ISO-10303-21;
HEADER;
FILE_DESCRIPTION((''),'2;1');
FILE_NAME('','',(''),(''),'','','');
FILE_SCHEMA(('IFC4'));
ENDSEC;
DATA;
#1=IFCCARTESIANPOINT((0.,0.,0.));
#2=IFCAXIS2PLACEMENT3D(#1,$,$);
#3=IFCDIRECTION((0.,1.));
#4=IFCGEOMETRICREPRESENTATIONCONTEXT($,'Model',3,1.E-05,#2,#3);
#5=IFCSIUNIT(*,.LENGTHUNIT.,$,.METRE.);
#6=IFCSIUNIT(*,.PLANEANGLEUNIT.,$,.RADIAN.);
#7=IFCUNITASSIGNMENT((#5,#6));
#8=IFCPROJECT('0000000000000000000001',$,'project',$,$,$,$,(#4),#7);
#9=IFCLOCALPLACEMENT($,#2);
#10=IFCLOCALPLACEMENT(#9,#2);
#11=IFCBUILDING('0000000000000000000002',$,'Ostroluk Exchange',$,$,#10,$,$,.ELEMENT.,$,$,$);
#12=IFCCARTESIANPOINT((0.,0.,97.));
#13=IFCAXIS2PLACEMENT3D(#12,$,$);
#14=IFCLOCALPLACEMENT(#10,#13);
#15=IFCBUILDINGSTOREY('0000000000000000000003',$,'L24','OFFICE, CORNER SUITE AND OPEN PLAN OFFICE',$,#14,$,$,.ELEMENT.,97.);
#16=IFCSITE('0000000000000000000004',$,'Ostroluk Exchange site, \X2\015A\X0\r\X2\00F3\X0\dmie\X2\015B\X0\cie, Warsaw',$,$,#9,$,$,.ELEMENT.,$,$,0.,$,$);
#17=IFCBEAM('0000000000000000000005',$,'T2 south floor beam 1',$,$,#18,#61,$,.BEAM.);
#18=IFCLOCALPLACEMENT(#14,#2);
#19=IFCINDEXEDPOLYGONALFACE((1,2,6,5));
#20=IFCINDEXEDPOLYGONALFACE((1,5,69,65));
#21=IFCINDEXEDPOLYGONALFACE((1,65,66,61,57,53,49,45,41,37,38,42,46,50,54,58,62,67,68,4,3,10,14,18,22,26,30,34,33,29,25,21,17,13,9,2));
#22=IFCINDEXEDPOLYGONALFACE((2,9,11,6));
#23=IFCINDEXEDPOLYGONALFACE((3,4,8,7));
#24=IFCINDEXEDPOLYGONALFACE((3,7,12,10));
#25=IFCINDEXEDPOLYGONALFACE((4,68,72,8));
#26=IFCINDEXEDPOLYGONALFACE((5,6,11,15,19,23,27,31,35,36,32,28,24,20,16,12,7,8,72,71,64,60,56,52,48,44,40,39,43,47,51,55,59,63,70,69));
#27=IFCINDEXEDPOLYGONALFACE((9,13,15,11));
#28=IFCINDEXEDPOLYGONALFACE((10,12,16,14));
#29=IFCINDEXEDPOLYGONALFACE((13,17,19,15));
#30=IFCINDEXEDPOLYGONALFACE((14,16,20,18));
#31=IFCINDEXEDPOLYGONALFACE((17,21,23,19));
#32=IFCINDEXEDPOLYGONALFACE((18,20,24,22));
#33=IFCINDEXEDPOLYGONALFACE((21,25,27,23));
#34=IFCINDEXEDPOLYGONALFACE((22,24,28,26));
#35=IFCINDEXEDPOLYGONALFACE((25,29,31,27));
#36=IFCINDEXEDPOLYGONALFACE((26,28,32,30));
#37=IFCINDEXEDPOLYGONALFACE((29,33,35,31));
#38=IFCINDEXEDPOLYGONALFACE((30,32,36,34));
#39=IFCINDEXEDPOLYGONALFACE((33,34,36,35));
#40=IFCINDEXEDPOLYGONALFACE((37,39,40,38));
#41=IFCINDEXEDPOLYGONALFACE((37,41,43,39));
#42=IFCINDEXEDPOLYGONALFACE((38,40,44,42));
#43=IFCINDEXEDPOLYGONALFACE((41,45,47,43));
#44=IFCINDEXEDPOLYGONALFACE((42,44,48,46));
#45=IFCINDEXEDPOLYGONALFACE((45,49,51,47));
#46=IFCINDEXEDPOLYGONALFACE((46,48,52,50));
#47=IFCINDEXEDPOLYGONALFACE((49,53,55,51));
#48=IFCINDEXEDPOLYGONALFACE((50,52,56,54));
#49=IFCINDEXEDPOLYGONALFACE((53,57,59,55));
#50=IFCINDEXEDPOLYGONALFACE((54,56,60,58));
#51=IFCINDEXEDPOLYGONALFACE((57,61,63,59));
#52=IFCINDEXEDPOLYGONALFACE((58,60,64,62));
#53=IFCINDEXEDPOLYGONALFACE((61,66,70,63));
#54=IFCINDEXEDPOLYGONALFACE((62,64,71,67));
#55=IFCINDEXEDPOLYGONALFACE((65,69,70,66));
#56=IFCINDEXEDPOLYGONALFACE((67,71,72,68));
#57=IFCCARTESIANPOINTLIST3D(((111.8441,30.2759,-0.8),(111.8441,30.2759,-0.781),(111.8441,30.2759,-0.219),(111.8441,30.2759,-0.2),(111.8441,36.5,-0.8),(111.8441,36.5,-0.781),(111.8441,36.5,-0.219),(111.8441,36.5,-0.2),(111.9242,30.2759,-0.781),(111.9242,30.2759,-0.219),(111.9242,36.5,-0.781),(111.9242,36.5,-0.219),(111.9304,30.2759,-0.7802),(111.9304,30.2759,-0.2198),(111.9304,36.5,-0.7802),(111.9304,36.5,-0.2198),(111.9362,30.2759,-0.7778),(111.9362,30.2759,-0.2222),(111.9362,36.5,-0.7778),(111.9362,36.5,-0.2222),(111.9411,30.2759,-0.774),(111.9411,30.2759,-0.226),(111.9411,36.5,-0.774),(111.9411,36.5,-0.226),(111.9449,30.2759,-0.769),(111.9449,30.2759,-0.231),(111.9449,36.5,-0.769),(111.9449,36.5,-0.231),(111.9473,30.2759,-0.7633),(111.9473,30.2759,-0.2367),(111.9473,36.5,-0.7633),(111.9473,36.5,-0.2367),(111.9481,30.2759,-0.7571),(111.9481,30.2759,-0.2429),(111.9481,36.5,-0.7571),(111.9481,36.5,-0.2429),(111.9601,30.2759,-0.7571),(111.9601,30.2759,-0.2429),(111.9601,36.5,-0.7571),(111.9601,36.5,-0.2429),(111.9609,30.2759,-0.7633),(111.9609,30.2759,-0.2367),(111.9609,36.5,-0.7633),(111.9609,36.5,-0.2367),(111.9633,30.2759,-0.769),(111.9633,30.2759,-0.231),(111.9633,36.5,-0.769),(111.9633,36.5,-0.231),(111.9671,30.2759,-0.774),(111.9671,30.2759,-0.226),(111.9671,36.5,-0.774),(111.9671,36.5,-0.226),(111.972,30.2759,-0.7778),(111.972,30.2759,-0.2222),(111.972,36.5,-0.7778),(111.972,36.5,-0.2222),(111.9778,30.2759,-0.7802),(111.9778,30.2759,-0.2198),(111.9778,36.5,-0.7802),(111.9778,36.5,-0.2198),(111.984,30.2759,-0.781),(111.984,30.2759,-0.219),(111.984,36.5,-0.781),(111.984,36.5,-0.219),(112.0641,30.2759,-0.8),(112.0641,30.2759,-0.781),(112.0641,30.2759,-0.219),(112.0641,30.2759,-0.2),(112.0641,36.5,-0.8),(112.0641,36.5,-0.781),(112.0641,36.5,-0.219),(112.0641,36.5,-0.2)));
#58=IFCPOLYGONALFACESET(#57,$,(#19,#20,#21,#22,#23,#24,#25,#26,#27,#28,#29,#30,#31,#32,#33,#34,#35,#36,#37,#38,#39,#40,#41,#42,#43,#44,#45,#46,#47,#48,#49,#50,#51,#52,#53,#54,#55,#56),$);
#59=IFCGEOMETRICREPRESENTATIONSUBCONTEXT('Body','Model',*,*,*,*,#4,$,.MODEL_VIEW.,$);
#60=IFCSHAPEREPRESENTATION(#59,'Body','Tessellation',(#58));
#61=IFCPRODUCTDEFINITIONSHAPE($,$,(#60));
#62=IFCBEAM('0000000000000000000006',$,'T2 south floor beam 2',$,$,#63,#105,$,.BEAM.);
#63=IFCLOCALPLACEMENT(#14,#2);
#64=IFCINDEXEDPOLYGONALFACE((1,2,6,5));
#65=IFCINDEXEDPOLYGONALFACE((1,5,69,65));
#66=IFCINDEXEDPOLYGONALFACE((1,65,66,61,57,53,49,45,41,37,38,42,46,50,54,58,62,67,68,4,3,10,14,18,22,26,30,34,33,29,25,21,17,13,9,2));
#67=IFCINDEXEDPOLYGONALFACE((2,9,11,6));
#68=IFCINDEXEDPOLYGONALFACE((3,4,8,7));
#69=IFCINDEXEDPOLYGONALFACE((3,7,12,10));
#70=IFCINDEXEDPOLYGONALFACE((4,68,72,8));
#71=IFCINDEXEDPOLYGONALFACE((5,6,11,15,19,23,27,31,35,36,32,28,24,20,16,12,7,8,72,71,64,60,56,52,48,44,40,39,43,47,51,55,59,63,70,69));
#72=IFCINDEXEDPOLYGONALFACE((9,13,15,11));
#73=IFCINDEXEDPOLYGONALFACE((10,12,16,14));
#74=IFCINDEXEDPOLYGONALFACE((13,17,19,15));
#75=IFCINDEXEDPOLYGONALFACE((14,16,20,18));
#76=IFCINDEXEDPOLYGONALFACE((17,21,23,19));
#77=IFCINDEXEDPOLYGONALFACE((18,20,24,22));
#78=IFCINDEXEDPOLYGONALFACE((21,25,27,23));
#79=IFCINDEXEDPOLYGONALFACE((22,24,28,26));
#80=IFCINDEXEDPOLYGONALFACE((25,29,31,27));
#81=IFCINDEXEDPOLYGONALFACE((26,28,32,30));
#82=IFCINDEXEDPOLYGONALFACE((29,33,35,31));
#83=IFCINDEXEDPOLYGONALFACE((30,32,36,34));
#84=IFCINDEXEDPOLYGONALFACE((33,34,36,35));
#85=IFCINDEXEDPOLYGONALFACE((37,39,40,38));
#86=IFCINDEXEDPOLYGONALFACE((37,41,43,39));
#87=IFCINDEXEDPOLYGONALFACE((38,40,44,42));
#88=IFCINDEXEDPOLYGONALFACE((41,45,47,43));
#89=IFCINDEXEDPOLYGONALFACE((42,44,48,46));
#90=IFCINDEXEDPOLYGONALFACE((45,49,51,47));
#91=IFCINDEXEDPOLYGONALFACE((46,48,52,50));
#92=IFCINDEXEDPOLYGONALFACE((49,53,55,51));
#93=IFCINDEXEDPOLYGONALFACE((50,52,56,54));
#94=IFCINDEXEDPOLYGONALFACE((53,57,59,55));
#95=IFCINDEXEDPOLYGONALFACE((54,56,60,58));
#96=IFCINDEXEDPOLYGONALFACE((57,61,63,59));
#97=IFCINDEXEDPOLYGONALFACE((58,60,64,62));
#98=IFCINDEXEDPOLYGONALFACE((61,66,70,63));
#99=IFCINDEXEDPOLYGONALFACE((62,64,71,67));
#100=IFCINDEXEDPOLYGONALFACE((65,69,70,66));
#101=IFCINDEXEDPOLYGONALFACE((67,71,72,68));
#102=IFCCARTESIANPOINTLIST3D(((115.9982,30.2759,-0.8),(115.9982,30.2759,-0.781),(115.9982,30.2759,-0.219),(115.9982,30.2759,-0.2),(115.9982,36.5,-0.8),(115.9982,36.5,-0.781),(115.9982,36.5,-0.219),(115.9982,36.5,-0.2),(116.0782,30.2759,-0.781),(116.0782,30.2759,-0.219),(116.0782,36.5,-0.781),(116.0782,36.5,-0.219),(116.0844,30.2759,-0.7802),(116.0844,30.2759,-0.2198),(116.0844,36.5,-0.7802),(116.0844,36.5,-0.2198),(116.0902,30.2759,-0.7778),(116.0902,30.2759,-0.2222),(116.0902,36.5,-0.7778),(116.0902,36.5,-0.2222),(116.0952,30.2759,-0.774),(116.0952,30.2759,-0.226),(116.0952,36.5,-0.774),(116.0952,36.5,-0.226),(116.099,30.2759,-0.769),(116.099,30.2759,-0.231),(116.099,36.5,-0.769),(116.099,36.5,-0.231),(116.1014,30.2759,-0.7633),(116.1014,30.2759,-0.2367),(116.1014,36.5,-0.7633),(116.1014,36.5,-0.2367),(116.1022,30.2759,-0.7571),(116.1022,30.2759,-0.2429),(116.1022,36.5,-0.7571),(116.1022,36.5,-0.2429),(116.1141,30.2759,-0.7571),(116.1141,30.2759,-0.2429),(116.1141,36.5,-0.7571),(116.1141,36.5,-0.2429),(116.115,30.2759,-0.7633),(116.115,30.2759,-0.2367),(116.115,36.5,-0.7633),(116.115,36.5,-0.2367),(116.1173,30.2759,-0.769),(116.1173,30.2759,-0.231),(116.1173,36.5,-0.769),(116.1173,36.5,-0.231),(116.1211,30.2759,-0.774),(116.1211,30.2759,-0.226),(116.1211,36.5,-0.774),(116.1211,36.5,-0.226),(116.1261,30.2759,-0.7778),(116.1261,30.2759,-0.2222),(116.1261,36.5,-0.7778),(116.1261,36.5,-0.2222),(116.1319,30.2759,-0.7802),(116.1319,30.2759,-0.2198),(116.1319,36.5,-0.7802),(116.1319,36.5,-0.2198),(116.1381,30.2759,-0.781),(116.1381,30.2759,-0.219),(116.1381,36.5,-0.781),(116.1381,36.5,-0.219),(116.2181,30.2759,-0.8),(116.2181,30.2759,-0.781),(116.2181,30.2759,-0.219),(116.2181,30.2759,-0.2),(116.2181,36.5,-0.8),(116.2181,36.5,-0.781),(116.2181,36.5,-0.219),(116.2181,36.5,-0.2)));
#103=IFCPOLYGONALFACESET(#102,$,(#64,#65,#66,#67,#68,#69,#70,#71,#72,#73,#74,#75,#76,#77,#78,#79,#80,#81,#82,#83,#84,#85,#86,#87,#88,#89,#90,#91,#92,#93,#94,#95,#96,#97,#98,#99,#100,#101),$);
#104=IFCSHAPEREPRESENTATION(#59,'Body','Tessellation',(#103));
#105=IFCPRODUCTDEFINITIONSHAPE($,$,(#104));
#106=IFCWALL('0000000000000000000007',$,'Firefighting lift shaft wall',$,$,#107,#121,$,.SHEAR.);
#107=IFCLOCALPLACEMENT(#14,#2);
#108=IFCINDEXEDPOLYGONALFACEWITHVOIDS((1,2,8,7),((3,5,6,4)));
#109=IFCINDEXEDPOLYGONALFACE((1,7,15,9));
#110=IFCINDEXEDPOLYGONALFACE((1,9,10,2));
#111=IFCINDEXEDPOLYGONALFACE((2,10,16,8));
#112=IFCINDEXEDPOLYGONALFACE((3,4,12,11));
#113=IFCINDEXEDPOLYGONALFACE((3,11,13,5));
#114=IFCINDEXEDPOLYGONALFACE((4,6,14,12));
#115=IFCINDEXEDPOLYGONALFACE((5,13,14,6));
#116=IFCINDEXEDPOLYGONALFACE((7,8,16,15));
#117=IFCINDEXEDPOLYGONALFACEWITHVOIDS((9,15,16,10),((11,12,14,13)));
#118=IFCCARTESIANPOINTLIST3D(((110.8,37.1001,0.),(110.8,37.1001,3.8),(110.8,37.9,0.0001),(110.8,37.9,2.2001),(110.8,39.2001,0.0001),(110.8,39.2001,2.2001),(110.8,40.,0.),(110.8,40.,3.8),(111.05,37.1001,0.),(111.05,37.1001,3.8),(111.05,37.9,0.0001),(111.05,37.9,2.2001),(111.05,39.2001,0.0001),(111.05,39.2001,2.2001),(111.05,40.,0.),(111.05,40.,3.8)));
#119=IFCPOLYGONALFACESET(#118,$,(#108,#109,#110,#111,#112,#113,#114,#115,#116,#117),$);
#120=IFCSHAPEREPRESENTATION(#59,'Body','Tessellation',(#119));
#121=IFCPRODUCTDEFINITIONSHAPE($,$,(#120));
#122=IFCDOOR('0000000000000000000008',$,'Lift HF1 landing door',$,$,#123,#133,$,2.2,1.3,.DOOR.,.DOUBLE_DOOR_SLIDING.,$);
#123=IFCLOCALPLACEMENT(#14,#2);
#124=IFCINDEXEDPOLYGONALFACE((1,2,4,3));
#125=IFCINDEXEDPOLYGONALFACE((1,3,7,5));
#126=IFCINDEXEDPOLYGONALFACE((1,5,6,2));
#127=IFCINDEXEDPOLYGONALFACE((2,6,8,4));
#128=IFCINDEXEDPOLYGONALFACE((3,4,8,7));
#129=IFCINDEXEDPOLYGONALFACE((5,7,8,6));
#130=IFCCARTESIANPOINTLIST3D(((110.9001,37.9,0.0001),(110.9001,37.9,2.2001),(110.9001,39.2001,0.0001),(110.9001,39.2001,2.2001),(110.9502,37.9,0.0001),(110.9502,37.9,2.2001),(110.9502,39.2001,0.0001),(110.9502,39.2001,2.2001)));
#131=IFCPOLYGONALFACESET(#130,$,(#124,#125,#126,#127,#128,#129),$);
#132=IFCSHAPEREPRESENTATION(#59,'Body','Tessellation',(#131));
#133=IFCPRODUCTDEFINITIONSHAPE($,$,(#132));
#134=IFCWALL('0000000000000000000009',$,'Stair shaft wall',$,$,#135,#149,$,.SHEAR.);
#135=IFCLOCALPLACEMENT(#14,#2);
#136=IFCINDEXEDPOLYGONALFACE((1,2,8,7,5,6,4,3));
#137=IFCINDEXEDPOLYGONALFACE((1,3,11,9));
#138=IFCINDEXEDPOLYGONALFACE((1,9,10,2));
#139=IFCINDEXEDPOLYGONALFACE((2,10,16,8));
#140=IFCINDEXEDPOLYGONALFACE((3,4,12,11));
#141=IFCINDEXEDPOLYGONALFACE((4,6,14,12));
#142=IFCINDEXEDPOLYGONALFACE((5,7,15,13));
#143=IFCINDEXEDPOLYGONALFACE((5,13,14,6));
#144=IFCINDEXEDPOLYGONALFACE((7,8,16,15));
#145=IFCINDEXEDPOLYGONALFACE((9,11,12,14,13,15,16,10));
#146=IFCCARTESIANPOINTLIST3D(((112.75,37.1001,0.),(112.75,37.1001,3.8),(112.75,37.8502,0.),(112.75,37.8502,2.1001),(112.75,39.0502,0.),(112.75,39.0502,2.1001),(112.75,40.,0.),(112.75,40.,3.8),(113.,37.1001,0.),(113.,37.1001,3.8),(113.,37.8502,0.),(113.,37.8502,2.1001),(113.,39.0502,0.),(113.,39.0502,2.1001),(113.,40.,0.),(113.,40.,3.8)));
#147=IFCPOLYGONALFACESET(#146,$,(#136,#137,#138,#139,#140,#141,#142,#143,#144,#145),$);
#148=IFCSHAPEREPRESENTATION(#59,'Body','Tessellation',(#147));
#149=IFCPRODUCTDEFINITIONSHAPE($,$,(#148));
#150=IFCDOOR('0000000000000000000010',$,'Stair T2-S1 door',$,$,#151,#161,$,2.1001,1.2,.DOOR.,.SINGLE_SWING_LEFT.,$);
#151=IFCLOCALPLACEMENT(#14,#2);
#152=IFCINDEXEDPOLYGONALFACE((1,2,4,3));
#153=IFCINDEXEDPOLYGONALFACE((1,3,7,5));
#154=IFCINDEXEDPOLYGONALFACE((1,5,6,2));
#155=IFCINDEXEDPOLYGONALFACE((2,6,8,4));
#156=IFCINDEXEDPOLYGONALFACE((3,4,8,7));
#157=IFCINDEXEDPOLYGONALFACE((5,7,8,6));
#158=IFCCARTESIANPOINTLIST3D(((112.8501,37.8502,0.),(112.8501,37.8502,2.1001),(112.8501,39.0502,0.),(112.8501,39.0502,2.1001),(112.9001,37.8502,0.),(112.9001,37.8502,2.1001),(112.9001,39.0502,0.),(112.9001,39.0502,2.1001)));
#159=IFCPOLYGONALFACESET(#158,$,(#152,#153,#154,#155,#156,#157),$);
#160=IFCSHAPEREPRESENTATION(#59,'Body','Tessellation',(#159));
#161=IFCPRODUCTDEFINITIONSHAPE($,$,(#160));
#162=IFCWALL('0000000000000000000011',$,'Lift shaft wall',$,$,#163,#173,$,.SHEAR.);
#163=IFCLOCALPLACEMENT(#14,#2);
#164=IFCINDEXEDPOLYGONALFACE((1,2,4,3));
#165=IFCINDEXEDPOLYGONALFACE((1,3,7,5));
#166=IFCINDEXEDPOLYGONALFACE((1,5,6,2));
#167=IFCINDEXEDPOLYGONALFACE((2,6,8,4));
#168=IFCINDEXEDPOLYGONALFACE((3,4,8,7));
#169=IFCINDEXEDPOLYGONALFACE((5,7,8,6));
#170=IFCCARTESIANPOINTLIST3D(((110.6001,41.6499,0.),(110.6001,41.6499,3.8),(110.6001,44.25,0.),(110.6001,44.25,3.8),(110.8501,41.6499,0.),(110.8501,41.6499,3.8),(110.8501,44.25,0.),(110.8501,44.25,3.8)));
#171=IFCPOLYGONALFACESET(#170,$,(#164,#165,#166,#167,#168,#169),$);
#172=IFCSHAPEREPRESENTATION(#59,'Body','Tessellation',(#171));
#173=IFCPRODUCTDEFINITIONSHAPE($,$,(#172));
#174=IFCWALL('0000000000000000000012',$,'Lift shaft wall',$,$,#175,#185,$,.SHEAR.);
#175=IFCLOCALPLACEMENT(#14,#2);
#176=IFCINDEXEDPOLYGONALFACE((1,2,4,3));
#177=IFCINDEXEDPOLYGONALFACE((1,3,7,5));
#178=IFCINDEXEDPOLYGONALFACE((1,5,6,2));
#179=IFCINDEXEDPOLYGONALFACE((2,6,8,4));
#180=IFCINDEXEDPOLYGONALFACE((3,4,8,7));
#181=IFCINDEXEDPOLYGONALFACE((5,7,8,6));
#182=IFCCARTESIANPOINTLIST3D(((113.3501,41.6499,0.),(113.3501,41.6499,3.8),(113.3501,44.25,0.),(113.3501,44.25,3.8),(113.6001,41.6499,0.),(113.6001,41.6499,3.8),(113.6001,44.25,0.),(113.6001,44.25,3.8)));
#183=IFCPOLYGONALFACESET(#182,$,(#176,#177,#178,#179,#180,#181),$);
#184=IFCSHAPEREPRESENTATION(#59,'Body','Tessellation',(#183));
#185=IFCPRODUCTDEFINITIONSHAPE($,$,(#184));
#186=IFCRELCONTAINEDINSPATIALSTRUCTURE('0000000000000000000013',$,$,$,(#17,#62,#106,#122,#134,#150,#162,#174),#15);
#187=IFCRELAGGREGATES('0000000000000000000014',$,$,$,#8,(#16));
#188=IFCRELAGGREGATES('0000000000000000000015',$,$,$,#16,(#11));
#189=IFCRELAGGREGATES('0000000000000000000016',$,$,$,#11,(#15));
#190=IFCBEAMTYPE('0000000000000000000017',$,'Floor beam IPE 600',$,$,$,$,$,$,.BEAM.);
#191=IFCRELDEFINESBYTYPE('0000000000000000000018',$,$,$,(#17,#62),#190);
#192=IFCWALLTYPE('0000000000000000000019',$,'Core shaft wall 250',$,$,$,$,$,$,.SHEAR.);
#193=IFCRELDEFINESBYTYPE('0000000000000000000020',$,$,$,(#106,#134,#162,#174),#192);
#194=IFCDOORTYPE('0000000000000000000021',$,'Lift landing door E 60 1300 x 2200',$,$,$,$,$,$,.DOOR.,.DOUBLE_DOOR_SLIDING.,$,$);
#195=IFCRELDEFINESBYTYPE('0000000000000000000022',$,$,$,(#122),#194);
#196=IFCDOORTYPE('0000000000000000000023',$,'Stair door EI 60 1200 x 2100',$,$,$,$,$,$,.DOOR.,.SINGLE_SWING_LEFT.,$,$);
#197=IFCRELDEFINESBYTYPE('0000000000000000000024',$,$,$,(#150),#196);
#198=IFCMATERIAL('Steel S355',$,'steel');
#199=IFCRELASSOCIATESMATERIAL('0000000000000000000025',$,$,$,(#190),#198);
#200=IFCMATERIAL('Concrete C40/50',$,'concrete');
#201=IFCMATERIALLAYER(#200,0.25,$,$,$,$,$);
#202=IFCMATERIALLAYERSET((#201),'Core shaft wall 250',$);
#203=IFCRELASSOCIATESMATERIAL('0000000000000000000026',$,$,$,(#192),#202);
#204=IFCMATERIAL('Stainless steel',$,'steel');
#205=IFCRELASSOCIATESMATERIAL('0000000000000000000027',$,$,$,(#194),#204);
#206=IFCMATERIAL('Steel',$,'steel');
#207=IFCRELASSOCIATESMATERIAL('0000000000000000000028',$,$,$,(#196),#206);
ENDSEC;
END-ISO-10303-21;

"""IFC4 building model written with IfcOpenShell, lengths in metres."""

from ifc_helpers import new_model, si_unit, direction, frame, frame_2d, origin, origin_2d, place, context, subcontext, project, spatial, rectangle, i_section, extrude, material, layer, layer_set, material_profile, profile_set, type_object, element, fill, save


model = new_model("IFC4")

# Units and contexts
model_context = context("Model", 3, precision=1e-05, world=origin(), true_north=direction((0.0, 1.0)))
body_context = subcontext(model_context, "Body", "Model", "MODEL_VIEW")
ifc_project = project(units=[si_unit("LENGTHUNIT", "METRE"), si_unit("PLANEANGLEUNIT", "RADIAN")], contexts=[model_context])

# Site, building, storey
site_placement = place(None, origin())
site = spatial("IfcSite", under=ifc_project, at=site_placement, Name="Ostroluk Exchange site, Śródmieście, Warsaw", CompositionType="ELEMENT", RefElevation=0.0)
building_placement = place(site_placement, origin())
building = spatial("IfcBuilding", under=site, at=building_placement, Name="Ostroluk Exchange", CompositionType="ELEMENT")
storey_placement = place(building_placement, frame((0.0, 0.0, 97.0)))
storey = spatial("IfcBuildingStorey", under=building, at=storey_placement, Name="L24", Description="OFFICE, CORNER SUITE AND OPEN PLAN OFFICE", CompositionType="ELEMENT", Elevation=97.0)

# Beams
ifc_material_1 = material(Name="Steel S355", Category="steel")
ifc_material_profile = material_profile(ifc_material_1, i_section(OverallWidth=0.22, OverallDepth=0.6001, WebThickness=0.012, FlangeThickness=0.019, FilletRadius=0.0239, at=origin_2d()), Name="IPE 600")
ifc_profile_set = profile_set([ifc_material_profile], Name="Steel S355")
beam_type = type_object("IfcBeamType", Name="Floor beam IPE 600", PredefinedType="BEAM", material=ifc_profile_set)
for number, where, z_axis, x_axis, name in (
    (1, (111.9541, 36.5, -0.5), (0.0, -1.0, 0.0), (1.0, 0.0, 0.0), "T2 south floor beam 1"),
    (2, (116.1082, 36.5, -0.5), (0.0, -1.0, 0.0), (1.0, 0.0, 0.0), "T2 south floor beam 2"),
):
    element("IfcBeam", number, at=place(storey_placement, frame(where, z_axis=z_axis, x_axis=x_axis)), inside=storey, type_object=beam_type, Name=name, PredefinedType="BEAM", context=body_context, shape_type="SweptSolid", body=[
        extrude(i_section(OverallWidth=0.22, OverallDepth=0.6001, WebThickness=0.012, FlangeThickness=0.019, FilletRadius=0.0239, at=origin_2d()), origin(), (0.0, 0.0, 1.0), 6.2241),
    ])

# Walls, openings, doors
ifc_material_2 = material(Name="Concrete C40/50", Category="concrete")
ifc_layer = layer(ifc_material_2, 0.25)
ifc_layer_set = layer_set([ifc_layer], Name="Core shaft wall 250")
wall_type = type_object("IfcWallType", Name="Core shaft wall 250", PredefinedType="SHEAR", material=ifc_layer_set)
wall_1_placement = place(storey_placement, frame((110.925, 37.1001, 0.0), z_axis=(0.0, 0.0, 1.0), x_axis=(0.0, 1.0, 0.0)))
wall_1 = element("IfcWall", 3, at=wall_1_placement, inside=storey, type_object=wall_type, Name="Firefighting lift shaft wall", PredefinedType="SHEAR", context=body_context, shape_type="SweptSolid", body=[
    extrude(rectangle(XDim=2.8999, YDim=0.25, at=frame_2d((1.45, 0.0))), origin(), (0.0, 0.0, 1.0), 3.8),
])
opening_1_placement = place(wall_1_placement, frame((0.8, 0.0, 0.0)))
opening_1 = element("IfcOpeningElement", 4, at=opening_1_placement, cuts=wall_1, PredefinedType="OPENING", context=body_context, shape_type="SweptSolid", body=[
    extrude(rectangle(XDim=1.3, YDim=2.2, at=frame_2d((0.6499, 1.1001))), frame((0.0, 0.135, 0.0), z_axis=(0.0, -1.0, 0.0), x_axis=(1.0, 0.0, 0.0)), (0.0, 0.0, 1.0), 0.27),
])
ifc_material_3 = material(Name="Stainless steel", Category="steel")
door_type_1 = type_object("IfcDoorType", Name="Lift landing door E 60 1300 x 2200", OperationType="DOUBLE_DOOR_SLIDING", PredefinedType="DOOR", material=ifc_material_3)
door_1_placement = place(opening_1_placement, origin())
door_1 = element("IfcDoor", 5, at=door_1_placement, inside=storey, type_object=door_type_1, Name="Lift HF1 landing door", OperationType="DOUBLE_DOOR_SLIDING", OverallHeight=2.2, OverallWidth=1.3, PredefinedType="DOOR", context=body_context, shape_type="SweptSolid", body=[
    extrude(rectangle(XDim=1.3, YDim=2.2, at=frame_2d((0.6499, 1.1001))), frame((0.0, 0.0249, 0.0), z_axis=(0.0, -1.0, 0.0), x_axis=(1.0, 0.0, 0.0)), (0.0, 0.0, 1.0), 0.05),
])
fill(opening_1, door_1)
wall_2_placement = place(storey_placement, frame((112.875, 37.1001, 0.0), z_axis=(0.0, 0.0, 1.0), x_axis=(0.0, 1.0, 0.0)))
wall_2 = element("IfcWall", 6, at=wall_2_placement, inside=storey, type_object=wall_type, Name="Stair shaft wall", PredefinedType="SHEAR", context=body_context, shape_type="SweptSolid", body=[
    extrude(rectangle(XDim=2.8999, YDim=0.25, at=frame_2d((1.45, 0.0))), origin(), (0.0, 0.0, 1.0), 3.8),
])
opening_2_placement = place(wall_2_placement, frame((0.75, 0.0, 0.0)))
opening_2 = element("IfcOpeningElement", 7, at=opening_2_placement, cuts=wall_2, PredefinedType="OPENING", context=body_context, shape_type="SweptSolid", body=[
    extrude(rectangle(XDim=1.2, YDim=2.1001, at=frame_2d((0.6001, 1.05))), frame((0.0, 0.135, 0.0), z_axis=(0.0, -1.0, 0.0), x_axis=(1.0, 0.0, 0.0)), (0.0, 0.0, 1.0), 0.27),
])
ifc_material_4 = material(Name="Steel", Category="steel")
door_type_2 = type_object("IfcDoorType", Name="Stair door EI 60 1200 x 2100", OperationType="SINGLE_SWING_LEFT", PredefinedType="DOOR", material=ifc_material_4)
door_2_placement = place(opening_2_placement, origin())
door_2 = element("IfcDoor", 8, at=door_2_placement, inside=storey, type_object=door_type_2, Name="Stair T2-S1 door", OperationType="SINGLE_SWING_LEFT", OverallHeight=2.1001, OverallWidth=1.2, PredefinedType="DOOR", context=body_context, shape_type="SweptSolid", body=[
    extrude(rectangle(XDim=1.2, YDim=2.1001, at=frame_2d((0.6001, 1.05))), frame((0.0, 0.0249, 0.0), z_axis=(0.0, -1.0, 0.0), x_axis=(1.0, 0.0, 0.0)), (0.0, 0.0, 1.0), 0.05),
])
fill(opening_2, door_2)

# Walls
for number, where, z_axis, x_axis, name in (
    (9, (110.7251, 44.25, 0.0), (0.0, 0.0, 1.0), (0.0, -1.0, 0.0), "Lift shaft wall"),
    (10, (113.4751, 44.25, 0.0), (0.0, 0.0, 1.0), (0.0, -1.0, 0.0), "Lift shaft wall"),
):
    element("IfcWall", number, at=place(storey_placement, frame(where, z_axis=z_axis, x_axis=x_axis)), inside=storey, type_object=wall_type, Name=name, PredefinedType="SHEAR", context=body_context, shape_type="SweptSolid", body=[
        extrude(rectangle(XDim=2.6001, YDim=0.25, at=frame_2d((1.3, 0.0))), origin(), (0.0, 0.0, 1.0), 3.8),
    ])

save(model, "model.ifc")
